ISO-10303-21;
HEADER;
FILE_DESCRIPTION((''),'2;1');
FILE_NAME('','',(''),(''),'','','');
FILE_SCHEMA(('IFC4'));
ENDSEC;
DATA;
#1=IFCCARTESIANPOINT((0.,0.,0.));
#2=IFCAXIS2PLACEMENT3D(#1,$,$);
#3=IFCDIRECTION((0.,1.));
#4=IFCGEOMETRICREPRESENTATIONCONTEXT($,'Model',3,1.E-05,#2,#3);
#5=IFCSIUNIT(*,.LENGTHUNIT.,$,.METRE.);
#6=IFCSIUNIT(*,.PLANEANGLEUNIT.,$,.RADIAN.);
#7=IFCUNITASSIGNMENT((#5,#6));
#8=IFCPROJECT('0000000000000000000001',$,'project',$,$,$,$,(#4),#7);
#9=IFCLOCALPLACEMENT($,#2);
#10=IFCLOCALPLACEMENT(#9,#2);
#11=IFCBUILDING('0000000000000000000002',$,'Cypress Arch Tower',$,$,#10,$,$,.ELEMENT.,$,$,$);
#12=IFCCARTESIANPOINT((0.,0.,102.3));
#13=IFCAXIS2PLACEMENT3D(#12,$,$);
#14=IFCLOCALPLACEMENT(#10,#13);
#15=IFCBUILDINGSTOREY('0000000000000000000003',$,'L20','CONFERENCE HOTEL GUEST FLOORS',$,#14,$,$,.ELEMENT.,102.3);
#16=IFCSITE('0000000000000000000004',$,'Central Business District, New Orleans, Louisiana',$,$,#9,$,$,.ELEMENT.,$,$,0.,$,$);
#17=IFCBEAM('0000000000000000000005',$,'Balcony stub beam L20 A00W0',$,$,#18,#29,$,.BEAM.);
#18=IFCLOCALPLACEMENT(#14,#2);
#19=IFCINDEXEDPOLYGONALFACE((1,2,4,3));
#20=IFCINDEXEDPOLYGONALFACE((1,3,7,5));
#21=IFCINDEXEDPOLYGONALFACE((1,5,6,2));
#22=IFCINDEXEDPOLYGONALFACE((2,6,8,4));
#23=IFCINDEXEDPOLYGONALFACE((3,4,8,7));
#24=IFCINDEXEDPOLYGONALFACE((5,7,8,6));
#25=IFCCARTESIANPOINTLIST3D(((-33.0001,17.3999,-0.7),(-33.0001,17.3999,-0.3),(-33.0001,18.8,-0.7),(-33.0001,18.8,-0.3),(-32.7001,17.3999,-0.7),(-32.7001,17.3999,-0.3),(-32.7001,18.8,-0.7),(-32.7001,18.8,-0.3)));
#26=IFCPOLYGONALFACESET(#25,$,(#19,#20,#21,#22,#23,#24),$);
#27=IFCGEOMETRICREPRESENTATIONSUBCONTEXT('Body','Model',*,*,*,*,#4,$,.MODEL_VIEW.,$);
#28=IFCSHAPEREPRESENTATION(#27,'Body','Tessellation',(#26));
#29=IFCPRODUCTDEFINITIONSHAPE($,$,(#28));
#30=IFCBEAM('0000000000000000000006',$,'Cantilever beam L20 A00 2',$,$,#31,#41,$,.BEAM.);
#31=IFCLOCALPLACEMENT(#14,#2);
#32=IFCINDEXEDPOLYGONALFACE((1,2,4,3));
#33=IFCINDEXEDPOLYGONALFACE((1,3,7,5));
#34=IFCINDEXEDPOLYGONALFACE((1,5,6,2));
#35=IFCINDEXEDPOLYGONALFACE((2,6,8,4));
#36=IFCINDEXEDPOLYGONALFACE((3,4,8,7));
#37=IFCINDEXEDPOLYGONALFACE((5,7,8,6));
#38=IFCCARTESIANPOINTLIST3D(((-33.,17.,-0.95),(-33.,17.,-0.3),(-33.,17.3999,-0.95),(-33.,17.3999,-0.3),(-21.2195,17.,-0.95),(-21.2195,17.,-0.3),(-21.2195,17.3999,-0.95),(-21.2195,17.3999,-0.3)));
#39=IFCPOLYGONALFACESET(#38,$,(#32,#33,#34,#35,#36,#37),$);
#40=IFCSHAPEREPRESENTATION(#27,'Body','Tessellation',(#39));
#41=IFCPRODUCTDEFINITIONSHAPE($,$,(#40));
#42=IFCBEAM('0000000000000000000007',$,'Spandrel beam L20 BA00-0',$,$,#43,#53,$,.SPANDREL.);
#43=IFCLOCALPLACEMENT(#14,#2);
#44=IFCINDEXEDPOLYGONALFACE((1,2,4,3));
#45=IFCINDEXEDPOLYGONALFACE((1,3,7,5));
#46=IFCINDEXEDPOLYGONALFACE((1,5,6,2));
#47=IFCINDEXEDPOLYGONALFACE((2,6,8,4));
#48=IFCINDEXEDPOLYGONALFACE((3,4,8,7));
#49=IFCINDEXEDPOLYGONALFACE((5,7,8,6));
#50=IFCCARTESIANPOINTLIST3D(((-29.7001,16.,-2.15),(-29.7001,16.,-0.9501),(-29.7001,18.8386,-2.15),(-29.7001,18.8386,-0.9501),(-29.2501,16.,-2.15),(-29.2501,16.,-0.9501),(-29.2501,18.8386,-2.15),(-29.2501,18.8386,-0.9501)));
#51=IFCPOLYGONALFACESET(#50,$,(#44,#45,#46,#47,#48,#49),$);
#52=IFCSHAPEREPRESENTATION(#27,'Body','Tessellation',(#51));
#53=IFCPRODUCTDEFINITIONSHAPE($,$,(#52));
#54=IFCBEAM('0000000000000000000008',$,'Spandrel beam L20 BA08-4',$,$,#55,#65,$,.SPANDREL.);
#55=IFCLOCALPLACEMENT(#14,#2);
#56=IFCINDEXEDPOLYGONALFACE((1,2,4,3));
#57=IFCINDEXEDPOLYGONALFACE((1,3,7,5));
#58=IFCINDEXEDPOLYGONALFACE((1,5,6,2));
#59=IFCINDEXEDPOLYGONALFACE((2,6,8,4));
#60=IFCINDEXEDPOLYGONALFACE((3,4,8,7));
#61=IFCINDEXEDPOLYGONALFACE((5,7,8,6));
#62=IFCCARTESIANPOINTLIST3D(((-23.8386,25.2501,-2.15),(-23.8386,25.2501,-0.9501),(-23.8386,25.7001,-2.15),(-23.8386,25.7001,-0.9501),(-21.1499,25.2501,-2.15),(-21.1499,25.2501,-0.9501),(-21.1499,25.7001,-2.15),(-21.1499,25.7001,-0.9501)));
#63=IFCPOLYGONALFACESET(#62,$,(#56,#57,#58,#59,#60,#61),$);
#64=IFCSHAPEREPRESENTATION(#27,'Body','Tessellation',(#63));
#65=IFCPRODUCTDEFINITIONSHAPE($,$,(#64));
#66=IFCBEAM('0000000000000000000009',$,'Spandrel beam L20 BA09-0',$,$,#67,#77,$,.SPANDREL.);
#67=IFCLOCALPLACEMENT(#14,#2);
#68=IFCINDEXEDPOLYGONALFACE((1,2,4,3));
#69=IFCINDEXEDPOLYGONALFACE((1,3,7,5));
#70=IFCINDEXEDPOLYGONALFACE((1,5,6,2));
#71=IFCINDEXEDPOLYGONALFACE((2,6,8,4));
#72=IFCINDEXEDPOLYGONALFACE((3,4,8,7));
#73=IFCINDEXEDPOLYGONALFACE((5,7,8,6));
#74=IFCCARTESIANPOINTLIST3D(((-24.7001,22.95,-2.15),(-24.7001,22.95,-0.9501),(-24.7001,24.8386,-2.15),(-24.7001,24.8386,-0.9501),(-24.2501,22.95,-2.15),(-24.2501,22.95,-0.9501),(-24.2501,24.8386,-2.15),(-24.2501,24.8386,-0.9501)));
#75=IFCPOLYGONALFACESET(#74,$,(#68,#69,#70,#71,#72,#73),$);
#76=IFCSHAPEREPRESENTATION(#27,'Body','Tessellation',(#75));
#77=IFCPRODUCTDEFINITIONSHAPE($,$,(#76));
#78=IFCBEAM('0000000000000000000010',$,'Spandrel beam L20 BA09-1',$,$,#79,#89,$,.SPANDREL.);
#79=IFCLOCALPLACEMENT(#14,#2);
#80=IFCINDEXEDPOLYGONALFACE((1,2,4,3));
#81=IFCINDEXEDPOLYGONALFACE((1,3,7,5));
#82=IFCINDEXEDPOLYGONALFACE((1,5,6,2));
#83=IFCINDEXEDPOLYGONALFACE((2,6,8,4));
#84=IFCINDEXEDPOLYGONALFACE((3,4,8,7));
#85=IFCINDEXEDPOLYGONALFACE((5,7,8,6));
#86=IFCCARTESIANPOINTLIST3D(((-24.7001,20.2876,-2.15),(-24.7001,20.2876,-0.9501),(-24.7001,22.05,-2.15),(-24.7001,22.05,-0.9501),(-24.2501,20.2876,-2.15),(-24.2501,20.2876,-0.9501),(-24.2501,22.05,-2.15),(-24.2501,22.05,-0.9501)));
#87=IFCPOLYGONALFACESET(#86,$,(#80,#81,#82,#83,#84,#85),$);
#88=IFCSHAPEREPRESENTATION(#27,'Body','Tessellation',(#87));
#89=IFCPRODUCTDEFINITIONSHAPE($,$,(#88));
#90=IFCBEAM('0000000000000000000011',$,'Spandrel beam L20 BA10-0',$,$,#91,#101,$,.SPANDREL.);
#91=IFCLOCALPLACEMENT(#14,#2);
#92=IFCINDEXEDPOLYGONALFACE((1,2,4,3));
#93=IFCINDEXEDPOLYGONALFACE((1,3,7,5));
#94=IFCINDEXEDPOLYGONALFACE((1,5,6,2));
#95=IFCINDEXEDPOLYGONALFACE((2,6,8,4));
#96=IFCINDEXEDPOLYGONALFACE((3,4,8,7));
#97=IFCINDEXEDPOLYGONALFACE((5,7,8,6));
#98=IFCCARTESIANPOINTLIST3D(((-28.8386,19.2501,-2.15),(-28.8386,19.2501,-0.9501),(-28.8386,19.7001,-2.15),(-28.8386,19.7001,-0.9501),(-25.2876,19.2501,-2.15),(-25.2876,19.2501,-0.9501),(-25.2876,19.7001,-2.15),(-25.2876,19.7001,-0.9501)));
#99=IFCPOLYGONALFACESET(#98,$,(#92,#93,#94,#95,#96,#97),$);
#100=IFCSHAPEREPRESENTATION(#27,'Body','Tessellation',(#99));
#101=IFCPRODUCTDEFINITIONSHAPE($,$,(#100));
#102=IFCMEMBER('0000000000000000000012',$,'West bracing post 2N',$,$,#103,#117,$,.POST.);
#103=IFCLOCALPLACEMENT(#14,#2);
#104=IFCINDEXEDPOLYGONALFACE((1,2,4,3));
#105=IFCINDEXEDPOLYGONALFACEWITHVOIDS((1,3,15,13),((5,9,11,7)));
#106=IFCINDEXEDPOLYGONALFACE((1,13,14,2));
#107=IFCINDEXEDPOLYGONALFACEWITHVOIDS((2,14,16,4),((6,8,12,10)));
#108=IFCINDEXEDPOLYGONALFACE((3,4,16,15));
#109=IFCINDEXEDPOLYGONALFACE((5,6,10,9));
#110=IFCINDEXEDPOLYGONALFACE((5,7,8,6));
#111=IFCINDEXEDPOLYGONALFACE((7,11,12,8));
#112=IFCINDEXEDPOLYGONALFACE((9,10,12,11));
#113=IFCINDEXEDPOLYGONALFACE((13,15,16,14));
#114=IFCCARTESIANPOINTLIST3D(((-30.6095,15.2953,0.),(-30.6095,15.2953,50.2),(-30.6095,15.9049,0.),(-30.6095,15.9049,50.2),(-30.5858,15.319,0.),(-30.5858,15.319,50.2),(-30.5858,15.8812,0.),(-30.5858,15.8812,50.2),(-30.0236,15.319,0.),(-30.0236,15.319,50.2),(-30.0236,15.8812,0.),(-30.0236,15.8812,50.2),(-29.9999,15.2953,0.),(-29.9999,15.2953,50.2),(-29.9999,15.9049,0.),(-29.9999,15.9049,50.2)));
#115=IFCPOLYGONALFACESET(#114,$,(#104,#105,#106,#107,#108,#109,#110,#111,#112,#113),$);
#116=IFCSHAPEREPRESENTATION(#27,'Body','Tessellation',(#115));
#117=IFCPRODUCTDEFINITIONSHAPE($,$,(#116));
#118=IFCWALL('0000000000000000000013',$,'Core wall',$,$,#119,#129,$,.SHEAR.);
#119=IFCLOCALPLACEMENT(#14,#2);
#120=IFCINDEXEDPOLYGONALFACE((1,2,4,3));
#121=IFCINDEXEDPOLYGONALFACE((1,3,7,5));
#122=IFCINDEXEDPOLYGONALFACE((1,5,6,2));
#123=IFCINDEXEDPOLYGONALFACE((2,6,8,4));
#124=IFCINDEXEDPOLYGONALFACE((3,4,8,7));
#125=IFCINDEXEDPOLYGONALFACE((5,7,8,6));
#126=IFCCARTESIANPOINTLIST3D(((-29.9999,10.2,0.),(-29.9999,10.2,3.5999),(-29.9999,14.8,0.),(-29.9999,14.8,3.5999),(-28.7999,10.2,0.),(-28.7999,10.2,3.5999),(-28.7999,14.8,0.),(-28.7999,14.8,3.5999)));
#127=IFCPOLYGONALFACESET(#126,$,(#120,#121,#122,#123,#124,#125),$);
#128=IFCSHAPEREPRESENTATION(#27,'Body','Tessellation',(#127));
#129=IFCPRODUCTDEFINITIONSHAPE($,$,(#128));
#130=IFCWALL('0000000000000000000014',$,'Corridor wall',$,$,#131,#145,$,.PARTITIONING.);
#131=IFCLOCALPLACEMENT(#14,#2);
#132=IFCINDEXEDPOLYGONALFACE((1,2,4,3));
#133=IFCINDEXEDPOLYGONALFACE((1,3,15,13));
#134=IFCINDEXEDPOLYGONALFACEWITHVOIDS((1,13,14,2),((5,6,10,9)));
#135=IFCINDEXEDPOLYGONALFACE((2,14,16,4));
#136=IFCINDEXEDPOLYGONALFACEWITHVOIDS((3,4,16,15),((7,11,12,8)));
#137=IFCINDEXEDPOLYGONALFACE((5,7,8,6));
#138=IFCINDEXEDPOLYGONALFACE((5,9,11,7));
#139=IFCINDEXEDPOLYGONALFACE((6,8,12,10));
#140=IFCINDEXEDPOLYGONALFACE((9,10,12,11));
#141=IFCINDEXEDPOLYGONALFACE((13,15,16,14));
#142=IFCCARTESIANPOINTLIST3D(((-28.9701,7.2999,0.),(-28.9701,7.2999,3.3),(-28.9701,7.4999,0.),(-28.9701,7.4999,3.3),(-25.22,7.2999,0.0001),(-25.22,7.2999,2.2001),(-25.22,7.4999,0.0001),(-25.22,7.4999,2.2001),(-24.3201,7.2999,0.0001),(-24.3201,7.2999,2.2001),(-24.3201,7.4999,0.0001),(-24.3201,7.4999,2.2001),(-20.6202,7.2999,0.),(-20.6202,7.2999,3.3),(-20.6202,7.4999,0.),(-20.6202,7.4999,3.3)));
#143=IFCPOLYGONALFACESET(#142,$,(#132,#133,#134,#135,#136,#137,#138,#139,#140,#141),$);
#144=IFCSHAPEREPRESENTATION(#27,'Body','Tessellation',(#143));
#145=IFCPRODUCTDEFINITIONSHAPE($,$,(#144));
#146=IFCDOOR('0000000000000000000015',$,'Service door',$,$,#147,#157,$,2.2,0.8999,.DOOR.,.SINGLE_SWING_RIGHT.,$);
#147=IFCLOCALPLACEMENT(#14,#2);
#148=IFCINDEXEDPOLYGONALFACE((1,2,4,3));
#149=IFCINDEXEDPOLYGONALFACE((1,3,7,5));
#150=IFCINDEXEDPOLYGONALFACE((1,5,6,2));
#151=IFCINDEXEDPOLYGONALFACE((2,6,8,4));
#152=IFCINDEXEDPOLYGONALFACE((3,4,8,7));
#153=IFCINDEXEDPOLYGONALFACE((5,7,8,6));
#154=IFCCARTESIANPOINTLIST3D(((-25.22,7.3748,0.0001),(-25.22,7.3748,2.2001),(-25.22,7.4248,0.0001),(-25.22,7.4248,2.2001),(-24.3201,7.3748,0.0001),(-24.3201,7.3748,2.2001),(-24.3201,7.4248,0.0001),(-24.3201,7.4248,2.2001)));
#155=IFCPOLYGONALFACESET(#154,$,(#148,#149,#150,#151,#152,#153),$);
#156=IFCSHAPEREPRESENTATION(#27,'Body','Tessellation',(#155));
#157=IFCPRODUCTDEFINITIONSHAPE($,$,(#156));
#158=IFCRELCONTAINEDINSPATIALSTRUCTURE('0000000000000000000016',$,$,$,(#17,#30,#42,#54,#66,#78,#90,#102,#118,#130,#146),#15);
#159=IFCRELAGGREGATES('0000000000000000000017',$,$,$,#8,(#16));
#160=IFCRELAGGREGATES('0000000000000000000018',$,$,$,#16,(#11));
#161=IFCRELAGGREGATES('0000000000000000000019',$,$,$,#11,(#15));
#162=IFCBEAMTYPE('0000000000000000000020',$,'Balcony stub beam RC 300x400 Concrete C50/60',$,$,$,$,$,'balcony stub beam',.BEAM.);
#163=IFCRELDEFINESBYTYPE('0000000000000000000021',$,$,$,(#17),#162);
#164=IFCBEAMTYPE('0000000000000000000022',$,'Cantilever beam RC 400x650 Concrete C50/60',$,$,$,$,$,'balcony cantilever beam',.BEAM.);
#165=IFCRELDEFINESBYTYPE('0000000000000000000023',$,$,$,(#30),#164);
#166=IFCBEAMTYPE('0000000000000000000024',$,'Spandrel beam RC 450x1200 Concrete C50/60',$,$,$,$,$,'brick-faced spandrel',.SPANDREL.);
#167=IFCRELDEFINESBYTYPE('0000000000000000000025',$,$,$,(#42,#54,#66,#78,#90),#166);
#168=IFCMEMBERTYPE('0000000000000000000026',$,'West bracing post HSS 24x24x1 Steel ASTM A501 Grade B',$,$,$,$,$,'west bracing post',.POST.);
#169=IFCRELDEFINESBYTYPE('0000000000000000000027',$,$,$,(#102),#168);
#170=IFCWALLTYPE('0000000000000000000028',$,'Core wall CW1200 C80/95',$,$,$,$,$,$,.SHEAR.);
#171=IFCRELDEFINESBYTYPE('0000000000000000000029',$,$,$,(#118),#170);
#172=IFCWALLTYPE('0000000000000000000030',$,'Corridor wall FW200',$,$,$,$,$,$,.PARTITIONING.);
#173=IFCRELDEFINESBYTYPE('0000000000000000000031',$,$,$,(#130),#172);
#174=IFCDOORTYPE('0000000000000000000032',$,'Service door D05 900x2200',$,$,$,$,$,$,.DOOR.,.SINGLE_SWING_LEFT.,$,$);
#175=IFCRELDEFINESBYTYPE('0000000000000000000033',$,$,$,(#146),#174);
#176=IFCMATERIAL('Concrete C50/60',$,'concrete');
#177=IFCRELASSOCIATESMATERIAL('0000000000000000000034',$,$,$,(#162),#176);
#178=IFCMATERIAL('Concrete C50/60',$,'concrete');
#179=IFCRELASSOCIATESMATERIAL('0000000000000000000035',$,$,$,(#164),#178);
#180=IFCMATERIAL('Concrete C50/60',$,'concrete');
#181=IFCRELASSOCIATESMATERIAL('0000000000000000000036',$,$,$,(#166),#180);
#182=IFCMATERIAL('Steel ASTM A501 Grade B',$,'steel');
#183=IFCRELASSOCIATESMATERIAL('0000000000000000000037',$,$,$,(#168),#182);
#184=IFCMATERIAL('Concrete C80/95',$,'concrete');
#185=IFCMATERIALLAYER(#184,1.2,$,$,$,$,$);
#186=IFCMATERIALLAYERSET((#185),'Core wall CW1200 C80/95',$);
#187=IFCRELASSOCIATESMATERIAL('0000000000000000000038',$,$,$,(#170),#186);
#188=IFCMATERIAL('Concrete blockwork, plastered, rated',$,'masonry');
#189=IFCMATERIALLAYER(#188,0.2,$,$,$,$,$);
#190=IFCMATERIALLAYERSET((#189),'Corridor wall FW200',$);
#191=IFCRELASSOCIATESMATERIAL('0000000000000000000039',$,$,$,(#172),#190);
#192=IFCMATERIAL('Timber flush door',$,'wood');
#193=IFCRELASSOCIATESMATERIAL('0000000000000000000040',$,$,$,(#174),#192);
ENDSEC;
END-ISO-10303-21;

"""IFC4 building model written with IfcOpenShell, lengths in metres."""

from ifc_helpers import new_model, si_unit, direction, frame, frame_2d, origin, origin_2d, place, context, subcontext, project, spatial, rectangle, hollow_rectangle, extrude, material, layer, layer_set, material_profile, profile_set, type_object, element, fill, save


model = new_model("IFC4")

# Units and contexts
model_context = context("Model", 3, precision=1e-05, world=origin(), true_north=direction((0.0, 1.0)))
body_context = subcontext(model_context, "Body", "Model", "MODEL_VIEW")
ifc_project = project(units=[si_unit("LENGTHUNIT", "METRE"), si_unit("PLANEANGLEUNIT", "RADIAN")], contexts=[model_context])

# Site, building, storey
site_placement = place(None, origin())
site = spatial("IfcSite", under=ifc_project, at=site_placement, Name="Central Business District, New Orleans, Louisiana", CompositionType="ELEMENT", RefElevation=0.0)
building_placement = place(site_placement, origin())
building = spatial("IfcBuilding", under=site, at=building_placement, Name="Cypress Arch Tower", CompositionType="ELEMENT")
storey_placement = place(building_placement, frame((0.0, 0.0, 102.3)))
storey = spatial("IfcBuildingStorey", under=building, at=storey_placement, Name="L20", Description="CONFERENCE HOTEL GUEST FLOORS", CompositionType="ELEMENT", Elevation=102.3)

# Beams
ifc_material_1 = material(Name="Concrete C50/60", Category="concrete")
ifc_material_profile_1 = material_profile(ifc_material_1, rectangle(XDim=0.3, YDim=0.3999, at=origin_2d()), Name="RC 300x400")
ifc_profile_set_1 = profile_set([ifc_material_profile_1], Name="Concrete C50/60")
beam_type_1 = type_object("IfcBeamType", Name="Balcony stub beam RC 300x400 Concrete C50/60", ElementType="balcony stub beam", PredefinedType="BEAM", material=ifc_profile_set_1)
beam_1_placement = place(storey_placement, frame((-32.8501, 18.8, -0.5), z_axis=(0.0, -1.0, 0.0), x_axis=(1.0, 0.0, 0.0)))
element("IfcBeam", 1, at=beam_1_placement, inside=storey, type_object=beam_type_1, Name="Balcony stub beam L20 A00W0", PredefinedType="BEAM", context=body_context, shape_type="SweptSolid", body=[
    extrude(rectangle(XDim=0.3, YDim=0.3999, at=origin_2d()), origin(), (0.0, 0.0, 1.0), 1.4001),
])
ifc_material_2 = material(Name="Concrete C50/60", Category="concrete")
ifc_material_profile_2 = material_profile(ifc_material_2, rectangle(XDim=0.3999, YDim=0.6499, at=origin_2d()), Name="RC 400x650")
ifc_profile_set_2 = profile_set([ifc_material_profile_2], Name="Concrete C50/60")
beam_type_2 = type_object("IfcBeamType", Name="Cantilever beam RC 400x650 Concrete C50/60", ElementType="balcony cantilever beam", PredefinedType="BEAM", material=ifc_profile_set_2)
beam_2_placement = place(storey_placement, frame((-21.2195, 17.2, -0.625), z_axis=(-1.0, 0.0, 0.0), x_axis=(0.0, -1.0, 0.0)))
element("IfcBeam", 2, at=beam_2_placement, inside=storey, type_object=beam_type_2, Name="Cantilever beam L20 A00 2", PredefinedType="BEAM", context=body_context, shape_type="SweptSolid", body=[
    extrude(rectangle(XDim=0.3999, YDim=0.6499, at=origin_2d()), origin(), (0.0, 0.0, 1.0), 11.7805),
])
ifc_material_3 = material(Name="Concrete C50/60", Category="concrete")
ifc_material_profile_3 = material_profile(ifc_material_3, rectangle(XDim=0.45, YDim=1.2, at=origin_2d()), Name="RC 450x1200")
ifc_profile_set_3 = profile_set([ifc_material_profile_3], Name="Concrete C50/60")
beam_type_3 = type_object("IfcBeamType", Name="Spandrel beam RC 450x1200 Concrete C50/60", ElementType="brick-faced spandrel", PredefinedType="SPANDREL", material=ifc_profile_set_3)
beam_3_placement = place(storey_placement, frame((-29.4751, 18.8386, -1.55), z_axis=(0.0, -1.0, 0.0), x_axis=(1.0, 0.0, 0.0)))
element("IfcBeam", 3, at=beam_3_placement, inside=storey, type_object=beam_type_3, Name="Spandrel beam L20 BA00-0", PredefinedType="SPANDREL", context=body_context, shape_type="SweptSolid", body=[
    extrude(rectangle(XDim=0.45, YDim=1.2, at=origin_2d()), origin(), (0.0, 0.0, 1.0), 2.8386),
])
beam_4_placement = place(storey_placement, frame((-21.1499, 25.4751, -1.55), z_axis=(-1.0, 0.0, 0.0), x_axis=(0.0, -1.0, 0.0)))
element("IfcBeam", 4, at=beam_4_placement, inside=storey, type_object=beam_type_3, Name="Spandrel beam L20 BA08-4", PredefinedType="SPANDREL", context=body_context, shape_type="SweptSolid", body=[
    extrude(rectangle(XDim=0.45, YDim=1.2, at=origin_2d()), origin(), (0.0, 0.0, 1.0), 2.6887),
])
beam_5_placement = place(storey_placement, frame((-24.4751, 24.8386, -1.55), z_axis=(0.0, -1.0, 0.0), x_axis=(1.0, 0.0, 0.0)))
element("IfcBeam", 5, at=beam_5_placement, inside=storey, type_object=beam_type_3, Name="Spandrel beam L20 BA09-0", PredefinedType="SPANDREL", context=body_context, shape_type="SweptSolid", body=[
    extrude(rectangle(XDim=0.45, YDim=1.2, at=origin_2d()), origin(), (0.0, 0.0, 1.0), 1.8887),
])
beam_6_placement = place(storey_placement, frame((-24.4751, 22.05, -1.55), z_axis=(0.0, -1.0, 0.0), x_axis=(1.0, 0.0, 0.0)))
element("IfcBeam", 6, at=beam_6_placement, inside=storey, type_object=beam_type_3, Name="Spandrel beam L20 BA09-1", PredefinedType="SPANDREL", context=body_context, shape_type="SweptSolid", body=[
    extrude(rectangle(XDim=0.45, YDim=1.2, at=origin_2d()), origin(), (0.0, 0.0, 1.0), 1.7625),
])
beam_7_placement = place(storey_placement, frame((-25.2876, 19.4751, -1.55), z_axis=(-1.0, 0.0, 0.0), x_axis=(0.0, -1.0, 0.0)))
element("IfcBeam", 7, at=beam_7_placement, inside=storey, type_object=beam_type_3, Name="Spandrel beam L20 BA10-0", PredefinedType="SPANDREL", context=body_context, shape_type="SweptSolid", body=[
    extrude(rectangle(XDim=0.45, YDim=1.2, at=origin_2d()), origin(), (0.0, 0.0, 1.0), 3.551),
])

# Member
ifc_material_4 = material(Name="Steel ASTM A501 Grade B", Category="steel")
ifc_material_profile_4 = material_profile(ifc_material_4, hollow_rectangle(XDim=0.6096, YDim=0.6096, WallThickness=0.0237, at=origin_2d()), Name="HSS 24x24x1")
ifc_profile_set_4 = profile_set([ifc_material_profile_4], Name="Steel ASTM A501 Grade B")
member_type = type_object("IfcMemberType", Name="West bracing post HSS 24x24x1 Steel ASTM A501 Grade B", ElementType="west bracing post", PredefinedType="POST", material=ifc_profile_set_4)
member_placement = place(storey_placement, frame((-30.3047, 15.6001, 0.0), z_axis=(0.0, 0.0, 1.0), x_axis=(1.0, 0.0, 0.0)))
element("IfcMember", 8, at=member_placement, inside=storey, type_object=member_type, Name="West bracing post 2N", PredefinedType="POST", context=body_context, shape_type="SweptSolid", body=[
    extrude(hollow_rectangle(XDim=0.6096, YDim=0.6096, WallThickness=0.0237, at=origin_2d()), origin(), (0.0, 0.0, 1.0), 50.2),
])

# Shared definitions
ifc_material_5 = material(Name="Concrete C80/95", Category="concrete")
ifc_layer_1 = layer(ifc_material_5, 1.2)
ifc_layer_set_1 = layer_set([ifc_layer_1], Name="Core wall CW1200 C80/95")
wall_type_1 = type_object("IfcWallType", Name="Core wall CW1200 C80/95", PredefinedType="SHEAR", material=ifc_layer_set_1)

# Wall
wall_1_placement = place(storey_placement, frame((-29.3999, 10.2, 0.0), z_axis=(0.0, 0.0, 1.0), x_axis=(0.0, 1.0, 0.0)))
element("IfcWall", 9, at=wall_1_placement, inside=storey, type_object=wall_type_1, Name="Core wall", PredefinedType="SHEAR", context=body_context, shape_type="SweptSolid", body=[
    extrude(rectangle(XDim=4.6001, YDim=1.2, at=frame_2d((2.3, 0.0))), origin(), (0.0, 0.0, 1.0), 3.5999),
])

# Wall, opening, door
ifc_material_6 = material(Name="Concrete blockwork, plastered, rated", Category="masonry")
ifc_layer_2 = layer(ifc_material_6, 0.2)
ifc_layer_set_2 = layer_set([ifc_layer_2], Name="Corridor wall FW200")
wall_type_2 = type_object("IfcWallType", Name="Corridor wall FW200", PredefinedType="PARTITIONING", material=ifc_layer_set_2)
wall_2_placement = place(storey_placement, frame((-28.97, 7.3999, 0.0), z_axis=(0.0, 0.0, 1.0), x_axis=(1.0, 0.0, 0.0)))
wall_2 = element("IfcWall", 10, at=wall_2_placement, inside=storey, type_object=wall_type_2, Name="Corridor wall", PredefinedType="PARTITIONING", context=body_context, shape_type="SweptSolid", body=[
    extrude(rectangle(XDim=8.3499, YDim=0.2, at=frame_2d((4.1748, 0.0))), origin(), (0.0, 0.0, 1.0), 3.3),
])
opening_1_placement = place(wall_2_placement, frame((3.75, 0.0, 0.0)))
opening_1 = element("IfcOpeningElement", 11, at=opening_1_placement, cuts=wall_2, PredefinedType="OPENING", context=body_context, shape_type="SweptSolid", body=[
    extrude(rectangle(XDim=0.8999, YDim=2.2, at=frame_2d((0.45, 1.1001))), frame((0.0, 0.1099, 0.0), z_axis=(0.0, -1.0, 0.0), x_axis=(1.0, 0.0, 0.0)), (0.0, 0.0, 1.0), 0.22),
])
ifc_material_7 = material(Name="Timber flush door", Category="wood")
door_type_1 = type_object("IfcDoorType", Name="Service door D05 900x2200", OperationType="SINGLE_SWING_LEFT", PredefinedType="DOOR", material=ifc_material_7)
door_1_placement = place(opening_1_placement, origin())
door_1 = element("IfcDoor", 12, at=door_1_placement, inside=storey, type_object=door_type_1, Name="Service door", OperationType="SINGLE_SWING_RIGHT", OverallHeight=2.2, OverallWidth=0.8999, PredefinedType="DOOR", context=body_context, shape_type="SweptSolid", body=[
    extrude(rectangle(XDim=0.8999, YDim=2.2, at=frame_2d((0.45, 1.1001))), frame((0.0, 0.0249, 0.0), z_axis=(0.0, -1.0, 0.0), x_axis=(1.0, 0.0, 0.0)), (0.0, 0.0, 1.0), 0.05),
])
fill(opening_1, door_1)

save(model, "model.ifc")
